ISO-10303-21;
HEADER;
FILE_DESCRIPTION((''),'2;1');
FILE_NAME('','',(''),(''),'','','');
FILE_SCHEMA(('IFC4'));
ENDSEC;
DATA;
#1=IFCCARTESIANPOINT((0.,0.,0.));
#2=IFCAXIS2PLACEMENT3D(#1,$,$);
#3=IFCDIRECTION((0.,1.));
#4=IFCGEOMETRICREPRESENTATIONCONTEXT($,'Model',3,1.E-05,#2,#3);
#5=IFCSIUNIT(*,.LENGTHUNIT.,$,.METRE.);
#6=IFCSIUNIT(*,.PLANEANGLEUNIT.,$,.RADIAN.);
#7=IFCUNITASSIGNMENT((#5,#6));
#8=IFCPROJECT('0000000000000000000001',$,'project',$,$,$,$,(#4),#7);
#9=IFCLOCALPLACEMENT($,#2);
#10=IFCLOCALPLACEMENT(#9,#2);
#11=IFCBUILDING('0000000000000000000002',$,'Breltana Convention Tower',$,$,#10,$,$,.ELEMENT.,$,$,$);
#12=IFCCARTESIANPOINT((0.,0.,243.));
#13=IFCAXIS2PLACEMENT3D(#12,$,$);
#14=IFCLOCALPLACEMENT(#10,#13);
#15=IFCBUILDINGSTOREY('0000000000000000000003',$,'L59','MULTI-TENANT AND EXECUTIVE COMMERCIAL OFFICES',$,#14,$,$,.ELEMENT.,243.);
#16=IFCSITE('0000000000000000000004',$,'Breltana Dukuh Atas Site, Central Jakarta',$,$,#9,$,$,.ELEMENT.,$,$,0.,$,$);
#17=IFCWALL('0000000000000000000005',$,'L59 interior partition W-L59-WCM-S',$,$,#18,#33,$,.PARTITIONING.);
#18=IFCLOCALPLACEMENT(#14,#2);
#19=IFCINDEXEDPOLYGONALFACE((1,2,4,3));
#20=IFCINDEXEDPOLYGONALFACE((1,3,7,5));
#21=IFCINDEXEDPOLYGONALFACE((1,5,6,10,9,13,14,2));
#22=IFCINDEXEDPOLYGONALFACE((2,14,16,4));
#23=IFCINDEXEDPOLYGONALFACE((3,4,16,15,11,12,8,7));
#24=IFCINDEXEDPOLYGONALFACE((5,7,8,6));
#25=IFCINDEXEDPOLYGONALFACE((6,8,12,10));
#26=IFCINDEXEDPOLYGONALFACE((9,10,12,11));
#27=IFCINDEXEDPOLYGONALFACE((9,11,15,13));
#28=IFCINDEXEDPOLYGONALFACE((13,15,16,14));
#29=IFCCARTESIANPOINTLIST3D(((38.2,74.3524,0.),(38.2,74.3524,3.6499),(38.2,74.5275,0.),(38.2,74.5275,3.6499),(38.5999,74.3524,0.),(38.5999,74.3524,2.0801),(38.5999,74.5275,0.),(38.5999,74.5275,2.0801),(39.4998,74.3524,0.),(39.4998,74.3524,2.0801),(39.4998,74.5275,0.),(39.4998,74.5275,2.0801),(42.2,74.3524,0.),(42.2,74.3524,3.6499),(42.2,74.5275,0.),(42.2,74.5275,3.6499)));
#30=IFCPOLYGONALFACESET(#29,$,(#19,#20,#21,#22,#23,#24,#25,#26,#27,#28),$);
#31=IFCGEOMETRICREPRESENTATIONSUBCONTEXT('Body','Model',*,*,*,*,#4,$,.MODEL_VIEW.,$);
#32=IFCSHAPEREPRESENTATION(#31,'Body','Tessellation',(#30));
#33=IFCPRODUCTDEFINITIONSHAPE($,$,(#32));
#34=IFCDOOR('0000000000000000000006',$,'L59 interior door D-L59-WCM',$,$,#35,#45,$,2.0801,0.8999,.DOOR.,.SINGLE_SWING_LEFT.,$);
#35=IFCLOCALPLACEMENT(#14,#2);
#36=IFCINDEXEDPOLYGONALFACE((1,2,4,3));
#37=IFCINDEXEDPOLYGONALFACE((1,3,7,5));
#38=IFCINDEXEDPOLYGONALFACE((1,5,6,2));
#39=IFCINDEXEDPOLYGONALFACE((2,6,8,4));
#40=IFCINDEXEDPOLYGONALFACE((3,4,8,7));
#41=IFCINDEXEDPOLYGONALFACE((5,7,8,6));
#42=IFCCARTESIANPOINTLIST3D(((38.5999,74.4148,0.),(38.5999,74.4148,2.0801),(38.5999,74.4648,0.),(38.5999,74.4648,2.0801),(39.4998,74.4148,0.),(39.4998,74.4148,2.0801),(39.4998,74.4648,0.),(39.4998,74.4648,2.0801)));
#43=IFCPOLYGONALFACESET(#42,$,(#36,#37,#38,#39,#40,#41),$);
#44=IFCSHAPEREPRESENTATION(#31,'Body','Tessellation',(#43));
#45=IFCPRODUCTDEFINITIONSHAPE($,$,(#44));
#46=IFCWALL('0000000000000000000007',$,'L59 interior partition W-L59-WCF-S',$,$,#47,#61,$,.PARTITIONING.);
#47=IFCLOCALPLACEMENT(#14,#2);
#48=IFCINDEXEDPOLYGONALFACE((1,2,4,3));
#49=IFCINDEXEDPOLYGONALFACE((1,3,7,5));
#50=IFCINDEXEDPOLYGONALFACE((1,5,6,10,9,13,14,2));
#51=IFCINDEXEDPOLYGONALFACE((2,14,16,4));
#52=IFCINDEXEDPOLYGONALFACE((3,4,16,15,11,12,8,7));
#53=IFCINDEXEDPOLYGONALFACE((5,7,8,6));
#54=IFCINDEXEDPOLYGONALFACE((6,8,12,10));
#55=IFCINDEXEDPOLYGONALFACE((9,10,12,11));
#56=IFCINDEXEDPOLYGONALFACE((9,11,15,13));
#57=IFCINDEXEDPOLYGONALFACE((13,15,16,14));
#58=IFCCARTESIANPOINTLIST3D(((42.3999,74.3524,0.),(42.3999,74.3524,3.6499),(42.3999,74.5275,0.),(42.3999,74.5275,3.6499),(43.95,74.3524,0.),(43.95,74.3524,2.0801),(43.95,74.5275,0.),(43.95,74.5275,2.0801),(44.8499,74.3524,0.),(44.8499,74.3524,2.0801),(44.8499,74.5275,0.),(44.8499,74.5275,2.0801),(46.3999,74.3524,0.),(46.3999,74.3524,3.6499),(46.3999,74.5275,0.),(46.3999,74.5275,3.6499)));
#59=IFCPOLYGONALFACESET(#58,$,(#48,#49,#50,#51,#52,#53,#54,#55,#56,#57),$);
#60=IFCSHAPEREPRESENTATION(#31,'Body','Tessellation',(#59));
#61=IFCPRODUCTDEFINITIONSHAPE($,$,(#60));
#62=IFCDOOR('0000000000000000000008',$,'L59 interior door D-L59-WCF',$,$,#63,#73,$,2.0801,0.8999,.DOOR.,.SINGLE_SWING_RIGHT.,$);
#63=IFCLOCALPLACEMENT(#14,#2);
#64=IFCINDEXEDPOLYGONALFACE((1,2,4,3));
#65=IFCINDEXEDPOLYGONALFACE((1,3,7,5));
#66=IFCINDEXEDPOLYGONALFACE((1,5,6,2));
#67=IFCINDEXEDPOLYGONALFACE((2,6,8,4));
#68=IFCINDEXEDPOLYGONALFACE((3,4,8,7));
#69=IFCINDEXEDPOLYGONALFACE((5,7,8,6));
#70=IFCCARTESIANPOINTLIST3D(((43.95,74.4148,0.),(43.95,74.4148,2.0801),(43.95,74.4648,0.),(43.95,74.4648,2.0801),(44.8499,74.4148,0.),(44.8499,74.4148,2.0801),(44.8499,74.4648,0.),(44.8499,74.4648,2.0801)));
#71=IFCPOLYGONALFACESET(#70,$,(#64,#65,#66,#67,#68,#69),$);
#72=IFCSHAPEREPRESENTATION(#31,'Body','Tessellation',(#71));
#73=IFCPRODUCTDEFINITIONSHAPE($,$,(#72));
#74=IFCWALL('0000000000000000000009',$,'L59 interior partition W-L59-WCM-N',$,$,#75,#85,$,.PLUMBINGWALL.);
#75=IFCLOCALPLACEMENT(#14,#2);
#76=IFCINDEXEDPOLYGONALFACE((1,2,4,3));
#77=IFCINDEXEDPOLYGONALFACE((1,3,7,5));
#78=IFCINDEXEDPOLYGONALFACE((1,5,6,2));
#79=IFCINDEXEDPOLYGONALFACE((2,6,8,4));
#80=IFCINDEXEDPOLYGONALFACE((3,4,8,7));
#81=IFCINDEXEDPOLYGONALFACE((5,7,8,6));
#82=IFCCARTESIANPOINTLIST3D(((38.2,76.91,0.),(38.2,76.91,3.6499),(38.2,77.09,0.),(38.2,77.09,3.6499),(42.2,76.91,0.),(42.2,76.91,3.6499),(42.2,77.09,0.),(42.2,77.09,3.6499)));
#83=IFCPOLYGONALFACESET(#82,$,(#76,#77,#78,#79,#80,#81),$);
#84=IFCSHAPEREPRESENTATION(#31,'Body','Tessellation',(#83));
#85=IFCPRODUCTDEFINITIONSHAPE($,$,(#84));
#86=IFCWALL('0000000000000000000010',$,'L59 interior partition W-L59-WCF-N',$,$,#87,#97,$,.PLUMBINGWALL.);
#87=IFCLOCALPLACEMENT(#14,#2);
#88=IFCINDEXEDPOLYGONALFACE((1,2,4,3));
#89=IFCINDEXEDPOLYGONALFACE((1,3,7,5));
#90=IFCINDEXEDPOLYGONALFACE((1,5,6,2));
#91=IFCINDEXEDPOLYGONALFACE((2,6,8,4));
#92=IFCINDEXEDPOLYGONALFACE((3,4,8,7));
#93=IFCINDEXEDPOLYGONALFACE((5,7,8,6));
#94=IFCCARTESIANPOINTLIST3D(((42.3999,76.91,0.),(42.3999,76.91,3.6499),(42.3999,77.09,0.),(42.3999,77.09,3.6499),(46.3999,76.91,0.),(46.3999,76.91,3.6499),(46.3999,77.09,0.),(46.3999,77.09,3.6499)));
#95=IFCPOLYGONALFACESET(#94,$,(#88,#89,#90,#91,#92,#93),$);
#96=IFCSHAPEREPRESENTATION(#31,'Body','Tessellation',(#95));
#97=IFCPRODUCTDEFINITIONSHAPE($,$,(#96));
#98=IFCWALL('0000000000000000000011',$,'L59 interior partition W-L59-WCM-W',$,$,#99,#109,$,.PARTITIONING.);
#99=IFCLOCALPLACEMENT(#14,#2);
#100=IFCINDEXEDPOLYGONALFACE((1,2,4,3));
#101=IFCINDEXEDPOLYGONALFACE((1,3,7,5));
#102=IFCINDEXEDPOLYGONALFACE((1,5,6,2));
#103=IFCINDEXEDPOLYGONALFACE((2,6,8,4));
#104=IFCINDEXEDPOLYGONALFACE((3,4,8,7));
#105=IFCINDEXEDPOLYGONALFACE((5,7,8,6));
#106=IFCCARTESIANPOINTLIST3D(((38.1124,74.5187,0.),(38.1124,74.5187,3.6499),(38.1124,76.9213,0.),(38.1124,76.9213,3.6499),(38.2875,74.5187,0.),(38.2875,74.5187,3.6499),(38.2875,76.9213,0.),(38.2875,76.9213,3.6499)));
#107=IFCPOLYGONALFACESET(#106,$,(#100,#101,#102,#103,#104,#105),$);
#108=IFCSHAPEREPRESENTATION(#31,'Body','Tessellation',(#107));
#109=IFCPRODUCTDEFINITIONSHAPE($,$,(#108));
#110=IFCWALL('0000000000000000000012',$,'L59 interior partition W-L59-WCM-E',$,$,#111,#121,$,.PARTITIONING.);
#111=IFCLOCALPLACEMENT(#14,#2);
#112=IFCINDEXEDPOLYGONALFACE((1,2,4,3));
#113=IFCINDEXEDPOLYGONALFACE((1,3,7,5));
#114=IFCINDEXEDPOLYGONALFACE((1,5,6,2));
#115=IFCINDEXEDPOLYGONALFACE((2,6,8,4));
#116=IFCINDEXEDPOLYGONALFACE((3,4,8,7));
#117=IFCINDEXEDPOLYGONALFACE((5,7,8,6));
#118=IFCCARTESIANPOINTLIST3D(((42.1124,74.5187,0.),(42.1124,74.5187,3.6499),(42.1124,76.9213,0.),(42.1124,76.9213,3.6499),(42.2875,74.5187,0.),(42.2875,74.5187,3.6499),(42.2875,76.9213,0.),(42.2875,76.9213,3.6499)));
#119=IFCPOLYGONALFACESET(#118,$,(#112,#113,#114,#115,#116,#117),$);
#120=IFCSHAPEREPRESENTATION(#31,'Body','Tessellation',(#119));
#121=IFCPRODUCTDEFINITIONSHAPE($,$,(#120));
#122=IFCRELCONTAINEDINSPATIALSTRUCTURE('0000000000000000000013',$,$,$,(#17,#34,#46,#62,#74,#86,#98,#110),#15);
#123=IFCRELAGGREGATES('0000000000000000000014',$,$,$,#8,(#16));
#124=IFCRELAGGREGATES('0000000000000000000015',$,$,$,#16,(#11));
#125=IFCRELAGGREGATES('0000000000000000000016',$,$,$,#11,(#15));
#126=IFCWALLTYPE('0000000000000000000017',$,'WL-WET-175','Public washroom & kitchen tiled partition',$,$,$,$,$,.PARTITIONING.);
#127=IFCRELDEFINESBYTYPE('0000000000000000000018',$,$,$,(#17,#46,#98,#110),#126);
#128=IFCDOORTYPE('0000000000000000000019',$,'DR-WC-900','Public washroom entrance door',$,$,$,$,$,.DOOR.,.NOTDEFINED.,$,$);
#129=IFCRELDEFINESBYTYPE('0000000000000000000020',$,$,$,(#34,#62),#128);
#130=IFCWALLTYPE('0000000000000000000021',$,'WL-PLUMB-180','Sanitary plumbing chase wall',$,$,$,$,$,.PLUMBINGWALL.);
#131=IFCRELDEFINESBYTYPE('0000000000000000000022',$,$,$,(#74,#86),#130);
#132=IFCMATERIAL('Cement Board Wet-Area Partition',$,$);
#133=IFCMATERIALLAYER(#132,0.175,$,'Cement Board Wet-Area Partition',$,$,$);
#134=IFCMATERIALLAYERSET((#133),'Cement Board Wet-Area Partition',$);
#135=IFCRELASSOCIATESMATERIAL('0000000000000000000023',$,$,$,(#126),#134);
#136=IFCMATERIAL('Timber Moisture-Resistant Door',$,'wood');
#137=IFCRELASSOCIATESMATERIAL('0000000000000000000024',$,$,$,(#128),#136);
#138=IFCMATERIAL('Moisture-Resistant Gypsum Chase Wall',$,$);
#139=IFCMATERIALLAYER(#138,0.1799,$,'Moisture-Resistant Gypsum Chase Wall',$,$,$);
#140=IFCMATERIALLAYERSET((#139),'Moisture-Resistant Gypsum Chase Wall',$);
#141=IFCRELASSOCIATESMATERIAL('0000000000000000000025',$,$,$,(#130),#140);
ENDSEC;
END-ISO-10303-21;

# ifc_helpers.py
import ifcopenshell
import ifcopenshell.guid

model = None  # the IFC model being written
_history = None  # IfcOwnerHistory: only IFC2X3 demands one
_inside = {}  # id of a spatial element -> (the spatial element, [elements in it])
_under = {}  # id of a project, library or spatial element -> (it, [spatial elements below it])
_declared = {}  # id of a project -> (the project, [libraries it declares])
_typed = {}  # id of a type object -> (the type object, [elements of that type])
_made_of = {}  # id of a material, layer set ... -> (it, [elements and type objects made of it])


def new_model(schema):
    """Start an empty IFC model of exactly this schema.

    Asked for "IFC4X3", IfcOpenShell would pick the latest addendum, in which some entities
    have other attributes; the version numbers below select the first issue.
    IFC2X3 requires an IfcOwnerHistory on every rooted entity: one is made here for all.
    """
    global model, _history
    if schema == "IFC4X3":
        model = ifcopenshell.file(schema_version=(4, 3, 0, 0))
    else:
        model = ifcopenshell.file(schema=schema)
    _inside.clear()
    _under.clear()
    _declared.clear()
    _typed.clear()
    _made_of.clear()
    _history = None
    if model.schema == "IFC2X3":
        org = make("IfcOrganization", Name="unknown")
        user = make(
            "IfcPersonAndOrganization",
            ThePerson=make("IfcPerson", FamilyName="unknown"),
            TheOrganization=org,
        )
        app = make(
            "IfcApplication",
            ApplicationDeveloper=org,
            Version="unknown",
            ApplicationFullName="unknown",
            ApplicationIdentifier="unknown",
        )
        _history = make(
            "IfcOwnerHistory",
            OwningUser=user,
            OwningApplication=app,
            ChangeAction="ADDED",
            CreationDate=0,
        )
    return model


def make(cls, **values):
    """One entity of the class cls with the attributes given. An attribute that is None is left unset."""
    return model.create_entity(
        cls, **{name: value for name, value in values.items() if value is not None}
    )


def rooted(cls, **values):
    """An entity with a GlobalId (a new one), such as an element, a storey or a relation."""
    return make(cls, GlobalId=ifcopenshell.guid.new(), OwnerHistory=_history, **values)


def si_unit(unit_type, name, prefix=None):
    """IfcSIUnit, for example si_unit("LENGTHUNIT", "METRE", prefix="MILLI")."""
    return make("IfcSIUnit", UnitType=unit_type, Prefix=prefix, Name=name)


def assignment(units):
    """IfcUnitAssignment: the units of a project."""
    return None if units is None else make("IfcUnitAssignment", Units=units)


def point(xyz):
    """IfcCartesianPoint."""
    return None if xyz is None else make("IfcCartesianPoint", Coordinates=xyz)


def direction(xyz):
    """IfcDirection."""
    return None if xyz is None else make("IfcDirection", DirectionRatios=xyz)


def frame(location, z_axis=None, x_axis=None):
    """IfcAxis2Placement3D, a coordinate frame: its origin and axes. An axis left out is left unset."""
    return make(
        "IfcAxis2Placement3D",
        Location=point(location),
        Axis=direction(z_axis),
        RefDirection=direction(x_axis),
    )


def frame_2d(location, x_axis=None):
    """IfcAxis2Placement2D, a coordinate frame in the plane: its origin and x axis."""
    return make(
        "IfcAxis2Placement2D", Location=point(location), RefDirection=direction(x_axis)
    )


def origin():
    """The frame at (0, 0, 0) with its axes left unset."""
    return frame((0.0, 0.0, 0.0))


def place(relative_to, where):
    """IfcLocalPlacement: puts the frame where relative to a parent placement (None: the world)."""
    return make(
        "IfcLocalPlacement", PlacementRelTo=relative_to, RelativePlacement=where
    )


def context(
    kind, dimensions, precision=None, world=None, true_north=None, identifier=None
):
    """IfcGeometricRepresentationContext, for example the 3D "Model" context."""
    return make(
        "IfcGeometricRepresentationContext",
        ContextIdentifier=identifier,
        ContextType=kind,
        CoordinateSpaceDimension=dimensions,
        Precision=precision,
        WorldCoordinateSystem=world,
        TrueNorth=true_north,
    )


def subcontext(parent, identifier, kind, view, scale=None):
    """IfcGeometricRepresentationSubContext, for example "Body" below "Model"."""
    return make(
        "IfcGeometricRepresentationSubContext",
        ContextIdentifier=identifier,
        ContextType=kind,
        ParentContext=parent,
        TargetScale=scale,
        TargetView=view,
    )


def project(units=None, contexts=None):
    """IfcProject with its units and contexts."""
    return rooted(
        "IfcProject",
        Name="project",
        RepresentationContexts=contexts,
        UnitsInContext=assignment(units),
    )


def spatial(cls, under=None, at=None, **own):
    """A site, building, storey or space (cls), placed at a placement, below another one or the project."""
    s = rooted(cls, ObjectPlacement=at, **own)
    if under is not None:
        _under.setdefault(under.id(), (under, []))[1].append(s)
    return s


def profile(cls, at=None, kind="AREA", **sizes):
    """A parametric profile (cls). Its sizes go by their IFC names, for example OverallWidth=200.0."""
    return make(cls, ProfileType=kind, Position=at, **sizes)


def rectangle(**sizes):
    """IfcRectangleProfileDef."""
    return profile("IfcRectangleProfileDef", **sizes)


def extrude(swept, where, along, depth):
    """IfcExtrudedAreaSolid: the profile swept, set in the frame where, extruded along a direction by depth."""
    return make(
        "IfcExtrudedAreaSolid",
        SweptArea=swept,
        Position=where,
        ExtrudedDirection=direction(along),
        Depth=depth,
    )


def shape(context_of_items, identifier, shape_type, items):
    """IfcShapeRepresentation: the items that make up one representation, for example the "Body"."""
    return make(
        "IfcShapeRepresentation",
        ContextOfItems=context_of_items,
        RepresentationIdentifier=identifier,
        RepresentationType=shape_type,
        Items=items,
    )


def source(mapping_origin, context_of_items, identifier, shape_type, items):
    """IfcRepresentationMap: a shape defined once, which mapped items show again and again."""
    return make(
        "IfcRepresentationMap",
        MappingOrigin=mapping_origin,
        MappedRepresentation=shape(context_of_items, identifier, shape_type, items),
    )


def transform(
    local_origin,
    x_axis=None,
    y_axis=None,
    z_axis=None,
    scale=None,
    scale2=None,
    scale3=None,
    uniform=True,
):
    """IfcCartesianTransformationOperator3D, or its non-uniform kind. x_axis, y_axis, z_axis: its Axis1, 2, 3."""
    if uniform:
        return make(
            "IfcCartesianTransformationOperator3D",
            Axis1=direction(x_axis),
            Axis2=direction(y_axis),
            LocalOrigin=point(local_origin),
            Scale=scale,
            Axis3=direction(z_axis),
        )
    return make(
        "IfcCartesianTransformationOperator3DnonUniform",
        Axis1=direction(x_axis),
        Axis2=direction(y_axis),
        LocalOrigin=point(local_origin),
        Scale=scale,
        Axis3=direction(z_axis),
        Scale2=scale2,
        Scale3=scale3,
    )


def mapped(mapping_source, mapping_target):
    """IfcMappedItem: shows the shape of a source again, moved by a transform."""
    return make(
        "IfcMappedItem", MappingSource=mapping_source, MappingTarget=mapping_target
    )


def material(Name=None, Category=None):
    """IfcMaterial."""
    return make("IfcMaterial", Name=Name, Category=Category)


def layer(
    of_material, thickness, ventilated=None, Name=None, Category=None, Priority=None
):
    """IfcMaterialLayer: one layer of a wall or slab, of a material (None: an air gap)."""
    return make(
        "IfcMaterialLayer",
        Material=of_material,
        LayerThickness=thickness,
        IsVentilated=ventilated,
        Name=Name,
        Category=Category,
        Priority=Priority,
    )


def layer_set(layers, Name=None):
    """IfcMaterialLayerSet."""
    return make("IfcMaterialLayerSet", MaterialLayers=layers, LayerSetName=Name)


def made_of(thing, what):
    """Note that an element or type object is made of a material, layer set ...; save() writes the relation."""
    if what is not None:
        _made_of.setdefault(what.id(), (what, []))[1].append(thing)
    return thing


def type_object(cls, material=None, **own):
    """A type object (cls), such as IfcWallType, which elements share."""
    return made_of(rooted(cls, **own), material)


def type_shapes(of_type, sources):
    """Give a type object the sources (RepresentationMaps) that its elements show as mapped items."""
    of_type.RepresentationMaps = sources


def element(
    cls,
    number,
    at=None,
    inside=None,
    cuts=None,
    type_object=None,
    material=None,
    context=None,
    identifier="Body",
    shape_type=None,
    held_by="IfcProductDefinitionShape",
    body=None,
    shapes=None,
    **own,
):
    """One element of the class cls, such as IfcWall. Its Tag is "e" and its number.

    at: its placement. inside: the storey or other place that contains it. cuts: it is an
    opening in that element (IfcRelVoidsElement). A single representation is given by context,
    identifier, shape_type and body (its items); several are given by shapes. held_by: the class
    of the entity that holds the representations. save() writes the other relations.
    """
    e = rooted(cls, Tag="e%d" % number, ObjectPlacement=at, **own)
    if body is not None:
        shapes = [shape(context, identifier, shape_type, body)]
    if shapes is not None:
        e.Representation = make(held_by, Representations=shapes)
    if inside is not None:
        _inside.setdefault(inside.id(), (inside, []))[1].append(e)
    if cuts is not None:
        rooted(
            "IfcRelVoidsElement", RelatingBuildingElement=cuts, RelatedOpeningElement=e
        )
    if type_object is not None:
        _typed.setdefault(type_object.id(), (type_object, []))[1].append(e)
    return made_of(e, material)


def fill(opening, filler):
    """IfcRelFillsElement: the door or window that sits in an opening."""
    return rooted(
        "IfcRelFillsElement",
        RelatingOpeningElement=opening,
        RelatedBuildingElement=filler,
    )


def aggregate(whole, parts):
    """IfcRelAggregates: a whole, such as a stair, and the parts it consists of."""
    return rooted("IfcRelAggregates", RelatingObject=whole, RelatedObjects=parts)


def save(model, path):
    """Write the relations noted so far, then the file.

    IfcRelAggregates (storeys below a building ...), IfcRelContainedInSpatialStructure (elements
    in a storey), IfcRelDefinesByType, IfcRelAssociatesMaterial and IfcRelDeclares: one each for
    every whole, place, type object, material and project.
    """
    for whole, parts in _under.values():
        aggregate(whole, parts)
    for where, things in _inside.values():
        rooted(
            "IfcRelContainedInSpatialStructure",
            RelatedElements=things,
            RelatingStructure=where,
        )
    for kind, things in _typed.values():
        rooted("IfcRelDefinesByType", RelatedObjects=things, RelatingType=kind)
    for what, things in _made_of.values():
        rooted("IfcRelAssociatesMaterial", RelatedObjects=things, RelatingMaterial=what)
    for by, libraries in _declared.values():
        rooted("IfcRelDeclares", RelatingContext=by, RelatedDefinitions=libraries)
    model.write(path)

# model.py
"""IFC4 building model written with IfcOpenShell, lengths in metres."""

from ifc_helpers import new_model, si_unit, direction, frame, frame_2d, origin, place, context, subcontext, project, spatial, rectangle, extrude, source, transform, mapped, material, layer, layer_set, type_object, type_shapes, element, fill, save


model = new_model("IFC4")

# Units and contexts
model_context = context("Model", 3, precision=1e-05, world=origin(), true_north=direction((0.0, 1.0)))
body_context = subcontext(model_context, "Body", "Model", "MODEL_VIEW")
ifc_project = project(units=[si_unit("LENGTHUNIT", "METRE"), si_unit("PLANEANGLEUNIT", "RADIAN")], contexts=[model_context])

# Site, building, storey
site_placement = place(None, origin())
site = spatial("IfcSite", under=ifc_project, at=site_placement, Name="Breltana Dukuh Atas Site, Central Jakarta", CompositionType="ELEMENT", RefElevation=0.0)
building_placement = place(site_placement, origin())
building = spatial("IfcBuilding", under=site, at=building_placement, Name="Breltana Convention Tower", CompositionType="ELEMENT")
storey_placement = place(building_placement, frame((0.0, 0.0, 243.0)))
storey = spatial("IfcBuildingStorey", under=building, at=storey_placement, Name="L59", Description="MULTI-TENANT AND EXECUTIVE COMMERCIAL OFFICES", CompositionType="ELEMENT", Elevation=243.0)

# Walls, openings, doors
ifc_material_1 = material(Name="Cement Board Wet-Area Partition")
ifc_layer_1 = layer(ifc_material_1, 0.175, Name="Cement Board Wet-Area Partition")
ifc_layer_set_1 = layer_set([ifc_layer_1], Name="Cement Board Wet-Area Partition")
wall_type_1 = type_object("IfcWallType", Name="WL-WET-175", Description="Public washroom & kitchen tiled partition", PredefinedType="PARTITIONING", material=ifc_layer_set_1)
shared_shape_1 = source(origin(), body_context, "Body", "SweptSolid", [
    extrude(rectangle(XDim=4.0, YDim=0.175, at=frame_2d((2.0, 0.0))), origin(), (0.0, 0.0, 1.0), 3.6499),
])
wall_1_placement = place(storey_placement, frame((38.2, 74.4399, 0.0), z_axis=(0.0, 0.0, 1.0), x_axis=(1.0, 0.0, 0.0)))
wall_1 = element("IfcWall", 1, at=wall_1_placement, inside=storey, type_object=wall_type_1, Name="L59 interior partition W-L59-WCM-S", PredefinedType="PARTITIONING", context=body_context, shape_type="MappedRepresentation", body=[
    mapped(shared_shape_1, transform((0.0, 0.0, 0.0), scale=1.0)),
])
opening_1_placement = place(wall_1_placement, frame((0.3999, 0.0, 0.0)))
opening_1 = element("IfcOpeningElement", 2, at=opening_1_placement, cuts=wall_1, PredefinedType="OPENING", context=body_context, shape_type="SweptSolid", body=[
    extrude(rectangle(XDim=0.8999, YDim=2.0801, at=frame_2d((0.45, 1.04))), frame((0.0, 0.0977, 0.0), z_axis=(0.0, -1.0, 0.0), x_axis=(1.0, 0.0, 0.0)), (0.0, 0.0, 1.0), 0.1951),
])
ifc_material_2 = material(Name="Timber Moisture-Resistant Door", Category="wood")
door_type_1 = type_object("IfcDoorType", Name="DR-WC-900", Description="Public washroom entrance door", OperationType="NOTDEFINED", PredefinedType="DOOR", material=ifc_material_2)
shared_shape_2 = source(origin(), body_context, "Body", "SweptSolid", [
    extrude(rectangle(XDim=0.8999, YDim=2.0801, at=frame_2d((0.45, 1.04))), frame((0.0, 0.0249, 0.0), z_axis=(0.0, -1.0, 0.0), x_axis=(1.0, 0.0, 0.0)), (0.0, 0.0, 1.0), 0.05),
])
type_shapes(door_type_1, [shared_shape_2])
door_1_placement = place(opening_1_placement, origin())
door_1 = element("IfcDoor", 3, at=door_1_placement, inside=storey, type_object=door_type_1, Name="L59 interior door D-L59-WCM", OperationType="SINGLE_SWING_LEFT", OverallHeight=2.0801, OverallWidth=0.8999, PredefinedType="DOOR", context=body_context, shape_type="MappedRepresentation", body=[
    mapped(shared_shape_2, transform((0.0, 0.0, 0.0), scale=1.0)),
])
fill(opening_1, door_1)
wall_2_placement = place(storey_placement, frame((42.3999, 74.4399, 0.0), z_axis=(0.0, 0.0, 1.0), x_axis=(1.0, 0.0, 0.0)))
wall_2 = element("IfcWall", 4, at=wall_2_placement, inside=storey, type_object=wall_type_1, Name="L59 interior partition W-L59-WCF-S", PredefinedType="PARTITIONING", context=body_context, shape_type="MappedRepresentation", body=[
    mapped(shared_shape_1, transform((0.0, 0.0, 0.0), scale=1.0)),
])
opening_2_placement = place(wall_2_placement, frame((1.55, 0.0, 0.0)))
opening_2 = element("IfcOpeningElement", 5, at=opening_2_placement, cuts=wall_2, PredefinedType="OPENING", context=body_context, shape_type="SweptSolid", body=[
    extrude(rectangle(XDim=0.8999, YDim=2.0801, at=frame_2d((0.45, 1.04))), frame((0.0, 0.0977, 0.0), z_axis=(0.0, -1.0, 0.0), x_axis=(1.0, 0.0, 0.0)), (0.0, 0.0, 1.0), 0.1951),
])
door_2_placement = place(opening_2_placement, origin())
door_2 = element("IfcDoor", 6, at=door_2_placement, inside=storey, type_object=door_type_1, Name="L59 interior door D-L59-WCF", OperationType="SINGLE_SWING_RIGHT", OverallHeight=2.0801, OverallWidth=0.8999, PredefinedType="DOOR", context=body_context, shape_type="MappedRepresentation", body=[
    mapped(shared_shape_2, transform((0.0, 0.0, 0.0), scale=1.0)),
])
fill(opening_2, door_2)

# Walls
ifc_material_3 = material(Name="Moisture-Resistant Gypsum Chase Wall")
ifc_layer_2 = layer(ifc_material_3, 0.1799, Name="Moisture-Resistant Gypsum Chase Wall")
ifc_layer_set_2 = layer_set([ifc_layer_2], Name="Moisture-Resistant Gypsum Chase Wall")
wall_type_2 = type_object("IfcWallType", Name="WL-PLUMB-180", Description="Sanitary plumbing chase wall", PredefinedType="PLUMBINGWALL", material=ifc_layer_set_2)
shared_shape_3 = source(origin(), body_context, "Body", "SweptSolid", [
    extrude(rectangle(XDim=4.0, YDim=0.1799, at=frame_2d((2.0, 0.0))), origin(), (0.0, 0.0, 1.0), 3.6499),
])
for number, where, z_axis, x_axis, name in (
    (7, (38.2, 77.0, 0.0), (0.0, 0.0, 1.0), (1.0, 0.0, 0.0), "L59 interior partition W-L59-WCM-N"),
    (8, (42.3999, 77.0, 0.0), (0.0, 0.0, 1.0), (1.0, 0.0, 0.0), "L59 interior partition W-L59-WCF-N"),
):
    element("IfcWall", number, at=place(storey_placement, frame(where, z_axis=z_axis, x_axis=x_axis)), inside=storey, type_object=wall_type_2, Name=name, PredefinedType="PLUMBINGWALL", context=body_context, shape_type="MappedRepresentation", body=[
        mapped(shared_shape_3, transform((0.0, 0.0, 0.0), scale=1.0)),
    ])
shared_shape_4 = source(origin(), body_context, "Body", "SweptSolid", [
    extrude(rectangle(XDim=2.4026, YDim=0.175, at=frame_2d((1.2012, 0.0))), origin(), (0.0, 0.0, 1.0), 3.6499),
])
for number, where, z_axis, x_axis, name in (
    (9, (38.2, 74.5188, 0.0), (0.0, 0.0, 1.0), (0.0, 1.0, 0.0), "L59 interior partition W-L59-WCM-W"),
    (10, (42.2, 74.5188, 0.0), (0.0, 0.0, 1.0), (0.0, 1.0, 0.0), "L59 interior partition W-L59-WCM-E"),
):
    element("IfcWall", number, at=place(storey_placement, frame(where, z_axis=z_axis, x_axis=x_axis)), inside=storey, type_object=wall_type_1, Name=name, PredefinedType="PARTITIONING", context=body_context, shape_type="MappedRepresentation", body=[
        mapped(shared_shape_4, transform((0.0, 0.0, 0.0), scale=1.0)),
    ])

save(model, "model.ifc")
